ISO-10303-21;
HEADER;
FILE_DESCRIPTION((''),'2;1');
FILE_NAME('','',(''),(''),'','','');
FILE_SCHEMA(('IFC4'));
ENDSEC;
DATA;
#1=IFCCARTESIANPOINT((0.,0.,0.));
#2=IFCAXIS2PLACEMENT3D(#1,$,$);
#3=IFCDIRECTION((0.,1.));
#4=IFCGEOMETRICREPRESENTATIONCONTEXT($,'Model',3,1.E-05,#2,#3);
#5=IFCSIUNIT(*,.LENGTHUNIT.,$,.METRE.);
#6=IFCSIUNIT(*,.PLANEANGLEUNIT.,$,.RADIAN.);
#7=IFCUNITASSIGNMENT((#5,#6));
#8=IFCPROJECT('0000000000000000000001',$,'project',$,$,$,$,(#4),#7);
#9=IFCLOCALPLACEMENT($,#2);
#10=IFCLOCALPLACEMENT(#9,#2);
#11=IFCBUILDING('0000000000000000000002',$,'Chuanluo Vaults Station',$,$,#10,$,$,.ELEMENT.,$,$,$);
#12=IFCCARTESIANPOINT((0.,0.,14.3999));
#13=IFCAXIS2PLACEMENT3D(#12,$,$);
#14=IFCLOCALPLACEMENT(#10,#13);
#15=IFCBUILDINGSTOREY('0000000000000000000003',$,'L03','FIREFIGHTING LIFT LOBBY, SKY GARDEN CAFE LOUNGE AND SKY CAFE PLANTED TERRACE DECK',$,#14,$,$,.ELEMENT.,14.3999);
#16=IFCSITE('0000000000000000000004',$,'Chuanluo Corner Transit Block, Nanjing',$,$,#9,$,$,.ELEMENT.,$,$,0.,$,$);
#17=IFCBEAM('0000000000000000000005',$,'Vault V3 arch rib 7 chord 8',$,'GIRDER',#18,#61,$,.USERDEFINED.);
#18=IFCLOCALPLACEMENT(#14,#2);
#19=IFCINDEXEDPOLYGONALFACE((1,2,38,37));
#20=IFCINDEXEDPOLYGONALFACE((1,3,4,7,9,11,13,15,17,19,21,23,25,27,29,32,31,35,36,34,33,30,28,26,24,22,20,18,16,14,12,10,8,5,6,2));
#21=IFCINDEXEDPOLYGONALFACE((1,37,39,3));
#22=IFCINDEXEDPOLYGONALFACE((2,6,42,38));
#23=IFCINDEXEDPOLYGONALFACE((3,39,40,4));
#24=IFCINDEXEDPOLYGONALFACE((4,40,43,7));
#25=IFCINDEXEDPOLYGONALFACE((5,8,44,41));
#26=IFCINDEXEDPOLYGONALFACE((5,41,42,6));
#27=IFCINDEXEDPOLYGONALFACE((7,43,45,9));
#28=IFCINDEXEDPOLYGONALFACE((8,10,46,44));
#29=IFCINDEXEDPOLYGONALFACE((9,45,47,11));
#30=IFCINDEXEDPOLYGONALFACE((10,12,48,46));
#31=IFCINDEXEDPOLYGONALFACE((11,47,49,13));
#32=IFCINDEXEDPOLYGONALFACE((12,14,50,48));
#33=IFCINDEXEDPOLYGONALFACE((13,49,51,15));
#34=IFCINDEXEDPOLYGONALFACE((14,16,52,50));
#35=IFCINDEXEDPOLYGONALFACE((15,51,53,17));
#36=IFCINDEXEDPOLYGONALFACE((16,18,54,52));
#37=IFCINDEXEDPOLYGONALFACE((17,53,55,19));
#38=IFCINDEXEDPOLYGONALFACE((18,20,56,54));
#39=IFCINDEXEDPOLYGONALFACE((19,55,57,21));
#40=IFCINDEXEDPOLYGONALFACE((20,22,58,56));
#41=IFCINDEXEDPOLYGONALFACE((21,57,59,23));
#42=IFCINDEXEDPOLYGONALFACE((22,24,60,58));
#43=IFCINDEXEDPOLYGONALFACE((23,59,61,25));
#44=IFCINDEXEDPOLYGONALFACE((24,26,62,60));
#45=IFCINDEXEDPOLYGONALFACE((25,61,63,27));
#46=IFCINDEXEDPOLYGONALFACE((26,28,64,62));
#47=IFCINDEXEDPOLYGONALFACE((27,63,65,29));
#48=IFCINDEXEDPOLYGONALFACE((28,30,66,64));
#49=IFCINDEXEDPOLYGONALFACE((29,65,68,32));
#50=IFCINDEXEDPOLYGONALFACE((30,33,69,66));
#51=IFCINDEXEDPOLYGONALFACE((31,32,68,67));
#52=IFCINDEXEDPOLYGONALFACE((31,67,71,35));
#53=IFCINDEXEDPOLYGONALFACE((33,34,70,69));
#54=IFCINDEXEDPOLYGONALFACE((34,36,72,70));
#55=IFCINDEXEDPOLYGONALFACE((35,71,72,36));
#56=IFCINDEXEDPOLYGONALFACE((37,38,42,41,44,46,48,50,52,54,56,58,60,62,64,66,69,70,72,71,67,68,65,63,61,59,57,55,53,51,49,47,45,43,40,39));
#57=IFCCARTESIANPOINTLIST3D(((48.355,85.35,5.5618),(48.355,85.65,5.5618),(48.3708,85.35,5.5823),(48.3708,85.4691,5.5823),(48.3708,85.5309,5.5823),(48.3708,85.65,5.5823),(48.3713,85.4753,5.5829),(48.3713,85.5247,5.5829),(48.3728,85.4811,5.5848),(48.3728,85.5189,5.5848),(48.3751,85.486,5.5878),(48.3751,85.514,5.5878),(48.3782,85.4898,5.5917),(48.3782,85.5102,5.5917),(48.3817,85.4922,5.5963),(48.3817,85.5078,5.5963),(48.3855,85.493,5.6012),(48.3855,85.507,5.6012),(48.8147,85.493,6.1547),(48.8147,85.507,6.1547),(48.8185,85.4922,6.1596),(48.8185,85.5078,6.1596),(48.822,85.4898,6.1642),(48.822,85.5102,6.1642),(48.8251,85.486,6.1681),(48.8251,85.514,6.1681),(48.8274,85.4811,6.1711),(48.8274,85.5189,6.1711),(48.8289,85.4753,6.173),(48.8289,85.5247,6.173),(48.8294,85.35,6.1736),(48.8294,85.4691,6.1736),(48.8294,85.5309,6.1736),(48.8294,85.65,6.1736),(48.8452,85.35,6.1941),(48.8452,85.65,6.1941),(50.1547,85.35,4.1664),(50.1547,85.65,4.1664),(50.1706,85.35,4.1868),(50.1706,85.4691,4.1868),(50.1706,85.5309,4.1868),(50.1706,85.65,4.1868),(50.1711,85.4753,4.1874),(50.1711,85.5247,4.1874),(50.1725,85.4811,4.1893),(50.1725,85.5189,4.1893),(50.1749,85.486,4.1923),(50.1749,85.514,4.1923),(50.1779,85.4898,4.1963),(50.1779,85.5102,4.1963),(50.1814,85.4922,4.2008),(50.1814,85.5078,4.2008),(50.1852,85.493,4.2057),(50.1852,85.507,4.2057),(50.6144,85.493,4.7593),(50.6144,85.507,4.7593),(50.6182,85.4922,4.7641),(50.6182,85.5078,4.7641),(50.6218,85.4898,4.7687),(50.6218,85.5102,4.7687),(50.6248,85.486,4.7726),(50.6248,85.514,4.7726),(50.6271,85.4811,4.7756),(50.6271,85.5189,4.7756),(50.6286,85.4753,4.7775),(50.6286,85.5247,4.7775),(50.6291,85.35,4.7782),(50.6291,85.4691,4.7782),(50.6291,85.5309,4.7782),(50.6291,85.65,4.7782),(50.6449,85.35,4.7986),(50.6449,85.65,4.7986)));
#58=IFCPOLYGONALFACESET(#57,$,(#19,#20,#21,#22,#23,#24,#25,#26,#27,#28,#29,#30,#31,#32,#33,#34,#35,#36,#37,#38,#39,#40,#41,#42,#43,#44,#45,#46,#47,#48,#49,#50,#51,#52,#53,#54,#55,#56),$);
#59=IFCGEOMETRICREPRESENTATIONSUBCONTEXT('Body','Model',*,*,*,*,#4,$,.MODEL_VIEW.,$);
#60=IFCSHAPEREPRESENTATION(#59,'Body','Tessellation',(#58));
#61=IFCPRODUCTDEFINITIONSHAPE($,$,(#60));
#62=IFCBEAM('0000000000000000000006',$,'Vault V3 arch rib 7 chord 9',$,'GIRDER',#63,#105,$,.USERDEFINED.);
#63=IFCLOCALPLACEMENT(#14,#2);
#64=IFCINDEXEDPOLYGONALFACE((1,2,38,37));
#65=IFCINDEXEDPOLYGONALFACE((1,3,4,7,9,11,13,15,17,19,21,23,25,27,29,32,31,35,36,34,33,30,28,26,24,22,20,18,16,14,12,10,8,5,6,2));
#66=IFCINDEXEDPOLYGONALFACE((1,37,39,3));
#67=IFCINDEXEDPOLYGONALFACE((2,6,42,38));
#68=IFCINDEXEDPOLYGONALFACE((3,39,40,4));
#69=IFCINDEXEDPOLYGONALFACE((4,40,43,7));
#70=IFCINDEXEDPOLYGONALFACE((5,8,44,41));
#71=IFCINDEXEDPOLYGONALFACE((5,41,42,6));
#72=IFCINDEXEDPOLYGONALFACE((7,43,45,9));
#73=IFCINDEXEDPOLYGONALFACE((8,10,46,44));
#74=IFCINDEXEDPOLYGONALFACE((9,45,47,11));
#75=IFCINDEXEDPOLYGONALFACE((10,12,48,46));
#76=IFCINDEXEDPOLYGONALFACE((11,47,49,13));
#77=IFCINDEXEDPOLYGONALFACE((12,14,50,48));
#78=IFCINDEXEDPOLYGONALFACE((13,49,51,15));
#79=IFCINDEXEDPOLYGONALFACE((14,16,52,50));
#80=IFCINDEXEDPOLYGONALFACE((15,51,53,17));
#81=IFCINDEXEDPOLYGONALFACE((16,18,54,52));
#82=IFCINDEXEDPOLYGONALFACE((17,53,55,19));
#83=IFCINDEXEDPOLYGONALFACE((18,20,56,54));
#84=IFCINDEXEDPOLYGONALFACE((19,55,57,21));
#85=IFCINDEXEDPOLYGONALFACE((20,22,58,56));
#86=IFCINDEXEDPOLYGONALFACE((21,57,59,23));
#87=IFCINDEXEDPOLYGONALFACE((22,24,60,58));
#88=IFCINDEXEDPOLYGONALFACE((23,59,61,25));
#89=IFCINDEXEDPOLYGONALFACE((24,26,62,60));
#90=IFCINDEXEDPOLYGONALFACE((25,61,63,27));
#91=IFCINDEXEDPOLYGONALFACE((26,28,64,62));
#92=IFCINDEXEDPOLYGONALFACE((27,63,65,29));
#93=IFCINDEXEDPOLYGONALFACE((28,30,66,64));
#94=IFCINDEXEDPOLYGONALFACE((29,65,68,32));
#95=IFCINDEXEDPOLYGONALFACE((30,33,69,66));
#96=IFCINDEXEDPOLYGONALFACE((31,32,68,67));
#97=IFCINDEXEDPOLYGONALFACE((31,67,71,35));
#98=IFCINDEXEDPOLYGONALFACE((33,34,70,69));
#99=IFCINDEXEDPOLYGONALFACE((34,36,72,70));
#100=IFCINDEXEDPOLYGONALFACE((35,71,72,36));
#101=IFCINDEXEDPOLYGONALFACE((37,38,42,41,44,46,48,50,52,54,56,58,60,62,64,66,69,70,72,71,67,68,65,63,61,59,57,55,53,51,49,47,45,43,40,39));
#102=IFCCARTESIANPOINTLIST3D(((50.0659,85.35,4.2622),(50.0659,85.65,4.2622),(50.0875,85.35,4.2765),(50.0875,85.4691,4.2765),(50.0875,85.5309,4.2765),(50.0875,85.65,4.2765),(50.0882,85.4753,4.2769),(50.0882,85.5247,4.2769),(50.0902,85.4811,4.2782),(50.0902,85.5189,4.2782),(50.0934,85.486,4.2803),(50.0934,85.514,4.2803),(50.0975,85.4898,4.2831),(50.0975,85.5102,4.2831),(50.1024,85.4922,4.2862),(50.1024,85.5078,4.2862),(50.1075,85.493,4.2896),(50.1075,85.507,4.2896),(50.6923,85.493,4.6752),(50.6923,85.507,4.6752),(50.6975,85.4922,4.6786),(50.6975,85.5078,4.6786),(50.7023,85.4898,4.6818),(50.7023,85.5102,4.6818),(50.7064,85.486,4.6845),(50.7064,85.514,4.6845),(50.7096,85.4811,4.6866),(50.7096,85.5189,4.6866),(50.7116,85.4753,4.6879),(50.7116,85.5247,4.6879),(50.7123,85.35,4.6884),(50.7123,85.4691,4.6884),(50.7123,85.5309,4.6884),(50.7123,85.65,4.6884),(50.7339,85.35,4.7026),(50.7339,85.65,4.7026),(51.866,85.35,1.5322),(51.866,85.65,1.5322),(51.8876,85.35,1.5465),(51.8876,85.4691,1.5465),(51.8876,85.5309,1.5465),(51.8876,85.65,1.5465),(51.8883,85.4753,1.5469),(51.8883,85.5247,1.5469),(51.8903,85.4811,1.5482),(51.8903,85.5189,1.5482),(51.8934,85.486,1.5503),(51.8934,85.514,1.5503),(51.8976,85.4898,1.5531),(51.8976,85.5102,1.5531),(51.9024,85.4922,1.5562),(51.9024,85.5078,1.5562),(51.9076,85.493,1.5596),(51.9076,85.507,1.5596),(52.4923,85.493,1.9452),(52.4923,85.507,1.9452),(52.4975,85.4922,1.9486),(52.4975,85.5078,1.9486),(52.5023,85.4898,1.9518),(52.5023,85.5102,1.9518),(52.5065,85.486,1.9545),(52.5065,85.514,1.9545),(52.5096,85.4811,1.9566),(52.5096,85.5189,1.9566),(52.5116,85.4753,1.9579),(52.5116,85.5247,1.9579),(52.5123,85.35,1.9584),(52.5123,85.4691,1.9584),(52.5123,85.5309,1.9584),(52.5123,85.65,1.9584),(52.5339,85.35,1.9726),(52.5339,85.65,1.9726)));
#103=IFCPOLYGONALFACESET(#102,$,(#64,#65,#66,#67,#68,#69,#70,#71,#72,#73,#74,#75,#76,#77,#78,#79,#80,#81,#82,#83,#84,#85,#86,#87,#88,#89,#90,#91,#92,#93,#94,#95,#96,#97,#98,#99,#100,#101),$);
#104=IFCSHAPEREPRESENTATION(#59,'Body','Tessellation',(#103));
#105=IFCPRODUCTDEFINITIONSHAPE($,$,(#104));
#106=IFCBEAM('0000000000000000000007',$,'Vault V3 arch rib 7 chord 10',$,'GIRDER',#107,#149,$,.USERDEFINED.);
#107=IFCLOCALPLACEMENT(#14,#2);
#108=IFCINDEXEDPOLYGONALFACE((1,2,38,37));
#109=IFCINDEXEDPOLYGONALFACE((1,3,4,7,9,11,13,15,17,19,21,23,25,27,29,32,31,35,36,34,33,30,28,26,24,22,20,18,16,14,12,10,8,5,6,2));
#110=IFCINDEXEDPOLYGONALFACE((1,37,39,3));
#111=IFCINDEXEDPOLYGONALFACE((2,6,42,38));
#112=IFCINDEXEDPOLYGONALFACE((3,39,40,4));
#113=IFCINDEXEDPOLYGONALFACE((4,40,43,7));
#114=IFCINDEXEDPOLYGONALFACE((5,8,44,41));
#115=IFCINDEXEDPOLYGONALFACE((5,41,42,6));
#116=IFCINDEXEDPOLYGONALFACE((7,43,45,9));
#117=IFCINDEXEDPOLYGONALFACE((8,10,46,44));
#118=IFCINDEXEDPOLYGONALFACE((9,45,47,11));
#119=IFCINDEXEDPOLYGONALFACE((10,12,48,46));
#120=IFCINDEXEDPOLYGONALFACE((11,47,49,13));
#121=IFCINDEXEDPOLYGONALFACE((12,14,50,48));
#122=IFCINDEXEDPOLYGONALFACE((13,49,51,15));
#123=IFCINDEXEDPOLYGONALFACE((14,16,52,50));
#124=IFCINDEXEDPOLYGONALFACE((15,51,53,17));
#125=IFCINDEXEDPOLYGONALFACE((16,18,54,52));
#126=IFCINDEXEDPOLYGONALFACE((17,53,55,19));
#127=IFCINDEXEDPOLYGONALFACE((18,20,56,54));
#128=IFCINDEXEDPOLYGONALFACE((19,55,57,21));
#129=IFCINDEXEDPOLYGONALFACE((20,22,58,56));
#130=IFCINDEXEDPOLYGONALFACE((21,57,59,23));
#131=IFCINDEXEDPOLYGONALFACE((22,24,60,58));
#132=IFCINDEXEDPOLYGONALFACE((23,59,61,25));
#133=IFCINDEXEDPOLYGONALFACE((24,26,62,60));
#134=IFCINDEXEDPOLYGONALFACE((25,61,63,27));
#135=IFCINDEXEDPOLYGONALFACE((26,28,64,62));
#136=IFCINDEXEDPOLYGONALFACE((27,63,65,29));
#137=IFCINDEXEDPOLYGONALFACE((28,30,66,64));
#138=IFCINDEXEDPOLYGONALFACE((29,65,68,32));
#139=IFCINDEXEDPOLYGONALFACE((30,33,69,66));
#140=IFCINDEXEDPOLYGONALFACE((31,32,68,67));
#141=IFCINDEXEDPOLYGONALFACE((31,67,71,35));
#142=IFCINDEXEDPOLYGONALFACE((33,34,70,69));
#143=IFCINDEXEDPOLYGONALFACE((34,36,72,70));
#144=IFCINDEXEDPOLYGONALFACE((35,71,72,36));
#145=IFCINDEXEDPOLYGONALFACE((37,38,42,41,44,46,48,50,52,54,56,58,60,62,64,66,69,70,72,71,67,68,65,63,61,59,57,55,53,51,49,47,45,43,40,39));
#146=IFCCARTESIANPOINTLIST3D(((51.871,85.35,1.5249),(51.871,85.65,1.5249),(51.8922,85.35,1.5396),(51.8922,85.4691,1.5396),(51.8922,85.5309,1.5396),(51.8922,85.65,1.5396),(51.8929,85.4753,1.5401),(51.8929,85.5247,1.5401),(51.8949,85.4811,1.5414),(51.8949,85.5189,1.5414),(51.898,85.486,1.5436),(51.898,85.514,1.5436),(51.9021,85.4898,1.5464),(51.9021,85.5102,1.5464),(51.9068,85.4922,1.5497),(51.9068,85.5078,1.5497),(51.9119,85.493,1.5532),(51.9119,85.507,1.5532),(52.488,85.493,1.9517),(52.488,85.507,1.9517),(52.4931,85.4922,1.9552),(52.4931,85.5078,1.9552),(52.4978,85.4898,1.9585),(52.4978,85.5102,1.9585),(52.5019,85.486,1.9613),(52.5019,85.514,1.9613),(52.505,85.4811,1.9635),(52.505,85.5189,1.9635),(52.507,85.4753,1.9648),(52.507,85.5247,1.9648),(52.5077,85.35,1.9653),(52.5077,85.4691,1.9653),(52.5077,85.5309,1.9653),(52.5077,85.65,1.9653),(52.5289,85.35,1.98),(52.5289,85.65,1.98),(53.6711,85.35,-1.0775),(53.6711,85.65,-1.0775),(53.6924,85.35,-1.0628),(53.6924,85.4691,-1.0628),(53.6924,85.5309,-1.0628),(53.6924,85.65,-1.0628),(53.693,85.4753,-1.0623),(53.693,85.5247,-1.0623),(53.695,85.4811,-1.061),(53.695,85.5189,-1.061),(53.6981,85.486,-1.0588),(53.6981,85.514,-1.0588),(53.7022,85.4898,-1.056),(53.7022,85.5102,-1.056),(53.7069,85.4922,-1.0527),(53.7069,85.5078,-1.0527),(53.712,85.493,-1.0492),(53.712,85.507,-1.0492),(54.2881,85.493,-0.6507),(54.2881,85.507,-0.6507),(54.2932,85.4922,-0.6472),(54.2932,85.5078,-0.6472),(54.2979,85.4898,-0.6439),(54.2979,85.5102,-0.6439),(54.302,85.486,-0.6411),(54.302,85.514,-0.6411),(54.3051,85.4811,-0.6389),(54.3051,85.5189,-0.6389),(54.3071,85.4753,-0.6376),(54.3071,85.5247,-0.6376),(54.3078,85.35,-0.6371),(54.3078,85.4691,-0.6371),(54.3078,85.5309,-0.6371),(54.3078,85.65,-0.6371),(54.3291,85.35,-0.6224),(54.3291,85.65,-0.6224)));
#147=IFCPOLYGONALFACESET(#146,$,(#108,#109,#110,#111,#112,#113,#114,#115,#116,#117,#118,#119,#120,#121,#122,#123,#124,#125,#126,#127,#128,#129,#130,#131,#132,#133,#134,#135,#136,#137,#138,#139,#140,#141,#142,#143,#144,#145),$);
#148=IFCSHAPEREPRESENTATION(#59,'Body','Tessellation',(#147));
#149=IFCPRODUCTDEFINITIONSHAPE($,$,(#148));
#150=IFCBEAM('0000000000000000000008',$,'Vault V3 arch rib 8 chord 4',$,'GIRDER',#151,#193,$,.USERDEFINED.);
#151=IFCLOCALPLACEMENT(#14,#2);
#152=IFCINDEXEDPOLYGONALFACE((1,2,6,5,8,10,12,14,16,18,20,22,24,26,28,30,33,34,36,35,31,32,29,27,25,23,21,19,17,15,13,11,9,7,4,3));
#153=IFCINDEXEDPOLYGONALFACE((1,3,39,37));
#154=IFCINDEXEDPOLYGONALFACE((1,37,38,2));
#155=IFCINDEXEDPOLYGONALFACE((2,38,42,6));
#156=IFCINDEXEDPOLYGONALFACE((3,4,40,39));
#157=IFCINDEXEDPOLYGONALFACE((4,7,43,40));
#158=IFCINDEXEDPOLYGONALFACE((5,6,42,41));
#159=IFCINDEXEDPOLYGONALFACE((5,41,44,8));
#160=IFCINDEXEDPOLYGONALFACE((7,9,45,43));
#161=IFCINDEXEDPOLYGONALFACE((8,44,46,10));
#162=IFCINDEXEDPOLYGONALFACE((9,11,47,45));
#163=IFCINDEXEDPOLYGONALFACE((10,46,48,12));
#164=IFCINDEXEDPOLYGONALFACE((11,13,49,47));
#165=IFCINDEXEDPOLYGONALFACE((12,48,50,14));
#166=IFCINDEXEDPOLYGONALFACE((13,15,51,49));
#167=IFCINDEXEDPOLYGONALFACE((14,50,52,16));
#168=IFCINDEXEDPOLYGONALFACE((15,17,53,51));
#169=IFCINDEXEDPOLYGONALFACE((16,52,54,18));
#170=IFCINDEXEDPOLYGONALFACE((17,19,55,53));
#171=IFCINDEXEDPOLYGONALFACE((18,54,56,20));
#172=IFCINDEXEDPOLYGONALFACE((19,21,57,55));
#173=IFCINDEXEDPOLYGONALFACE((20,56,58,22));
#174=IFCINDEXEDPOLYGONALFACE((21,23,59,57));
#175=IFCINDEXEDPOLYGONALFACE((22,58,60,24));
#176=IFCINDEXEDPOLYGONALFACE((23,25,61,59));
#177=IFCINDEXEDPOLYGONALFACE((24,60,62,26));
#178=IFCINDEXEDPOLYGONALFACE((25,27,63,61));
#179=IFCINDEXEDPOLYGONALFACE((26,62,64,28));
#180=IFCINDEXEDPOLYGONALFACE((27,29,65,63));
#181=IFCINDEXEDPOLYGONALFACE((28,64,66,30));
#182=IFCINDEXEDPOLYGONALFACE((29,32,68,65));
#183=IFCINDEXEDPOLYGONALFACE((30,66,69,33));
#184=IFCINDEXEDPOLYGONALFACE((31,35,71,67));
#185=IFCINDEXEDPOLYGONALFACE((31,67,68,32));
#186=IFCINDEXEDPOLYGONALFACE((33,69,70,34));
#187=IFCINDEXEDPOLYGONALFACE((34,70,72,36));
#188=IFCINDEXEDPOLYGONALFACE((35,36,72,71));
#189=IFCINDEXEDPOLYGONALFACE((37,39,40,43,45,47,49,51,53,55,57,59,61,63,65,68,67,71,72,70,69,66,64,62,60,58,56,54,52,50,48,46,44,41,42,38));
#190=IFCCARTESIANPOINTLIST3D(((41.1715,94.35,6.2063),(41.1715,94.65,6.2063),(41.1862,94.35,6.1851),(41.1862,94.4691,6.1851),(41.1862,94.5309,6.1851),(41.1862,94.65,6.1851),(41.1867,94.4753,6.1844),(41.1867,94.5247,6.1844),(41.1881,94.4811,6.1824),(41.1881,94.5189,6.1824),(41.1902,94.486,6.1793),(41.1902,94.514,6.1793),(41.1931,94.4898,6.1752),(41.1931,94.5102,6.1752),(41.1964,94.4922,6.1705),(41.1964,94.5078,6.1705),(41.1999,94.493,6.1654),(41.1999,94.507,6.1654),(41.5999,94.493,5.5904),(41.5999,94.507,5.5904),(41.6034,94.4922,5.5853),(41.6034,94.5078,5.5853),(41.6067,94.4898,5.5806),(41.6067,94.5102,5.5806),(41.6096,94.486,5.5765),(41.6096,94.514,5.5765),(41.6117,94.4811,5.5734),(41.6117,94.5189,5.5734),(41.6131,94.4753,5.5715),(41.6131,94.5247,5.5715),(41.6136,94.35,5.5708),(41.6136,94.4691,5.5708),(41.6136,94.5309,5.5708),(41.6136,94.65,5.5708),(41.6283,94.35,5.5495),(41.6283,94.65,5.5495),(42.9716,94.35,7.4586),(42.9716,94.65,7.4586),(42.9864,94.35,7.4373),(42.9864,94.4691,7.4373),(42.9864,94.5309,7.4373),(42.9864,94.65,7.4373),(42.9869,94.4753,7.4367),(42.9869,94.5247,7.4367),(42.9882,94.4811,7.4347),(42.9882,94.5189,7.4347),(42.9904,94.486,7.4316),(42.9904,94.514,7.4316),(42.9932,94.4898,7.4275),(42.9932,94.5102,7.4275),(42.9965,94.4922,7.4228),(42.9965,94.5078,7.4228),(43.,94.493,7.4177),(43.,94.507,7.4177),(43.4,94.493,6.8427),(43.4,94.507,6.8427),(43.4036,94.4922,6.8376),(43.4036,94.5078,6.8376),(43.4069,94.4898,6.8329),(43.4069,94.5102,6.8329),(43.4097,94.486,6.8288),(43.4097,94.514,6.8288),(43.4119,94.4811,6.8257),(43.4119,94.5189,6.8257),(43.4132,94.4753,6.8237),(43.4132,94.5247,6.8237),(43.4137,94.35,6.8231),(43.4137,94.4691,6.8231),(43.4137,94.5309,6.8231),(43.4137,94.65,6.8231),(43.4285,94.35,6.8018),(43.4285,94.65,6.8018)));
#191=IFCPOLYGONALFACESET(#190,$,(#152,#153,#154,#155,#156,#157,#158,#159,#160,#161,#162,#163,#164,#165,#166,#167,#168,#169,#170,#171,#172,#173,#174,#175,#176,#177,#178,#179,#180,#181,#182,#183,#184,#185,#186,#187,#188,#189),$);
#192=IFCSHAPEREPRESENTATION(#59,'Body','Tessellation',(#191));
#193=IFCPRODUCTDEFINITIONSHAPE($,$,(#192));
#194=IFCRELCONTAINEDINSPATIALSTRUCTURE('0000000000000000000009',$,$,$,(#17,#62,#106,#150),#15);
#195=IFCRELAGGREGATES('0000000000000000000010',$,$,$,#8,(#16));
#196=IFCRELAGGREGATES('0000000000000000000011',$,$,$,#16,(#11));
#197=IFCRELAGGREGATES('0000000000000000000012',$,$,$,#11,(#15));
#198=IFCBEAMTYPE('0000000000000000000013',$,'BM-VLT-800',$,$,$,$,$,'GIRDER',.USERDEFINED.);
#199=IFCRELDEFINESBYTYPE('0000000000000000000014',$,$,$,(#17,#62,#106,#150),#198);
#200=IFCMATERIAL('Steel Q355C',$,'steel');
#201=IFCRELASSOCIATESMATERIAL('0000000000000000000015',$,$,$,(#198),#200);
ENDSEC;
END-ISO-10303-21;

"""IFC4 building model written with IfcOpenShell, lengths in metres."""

from ifc_helpers import new_model, si_unit, direction, frame, origin, origin_2d, place, context, subcontext, project, spatial, i_section, extrude, material, material_profile, profile_set, type_object, element, save


model = new_model("IFC4")

# Units and contexts
model_context = context("Model", 3, precision=1e-05, world=origin(), true_north=direction((0.0, 1.0)))
body_context = subcontext(model_context, "Body", "Model", "MODEL_VIEW")
ifc_project = project(units=[si_unit("LENGTHUNIT", "METRE"), si_unit("PLANEANGLEUNIT", "RADIAN")], contexts=[model_context])

# Site, building, storey
site_placement = place(None, origin())
site = spatial("IfcSite", under=ifc_project, at=site_placement, Name="Chuanluo Corner Transit Block, Nanjing", CompositionType="ELEMENT", RefElevation=0.0)
building_placement = place(site_placement, origin())
building = spatial("IfcBuilding", under=site, at=building_placement, Name="Chuanluo Vaults Station", CompositionType="ELEMENT")
storey_placement = place(building_placement, frame((0.0, 0.0, 14.3999)))
storey = spatial("IfcBuildingStorey", under=building, at=storey_placement, Name="L03", Description="FIREFIGHTING LIFT LOBBY, SKY GARDEN CAFE LOUNGE AND SKY CAFE PLANTED TERRACE DECK", CompositionType="ELEMENT", Elevation=14.3999)

# Beams
ifc_material_1 = material(Name="Steel Q355C", Category="steel")
ifc_material_profile_1 = material_profile(ifc_material_1, i_section(OverallWidth=0.3, OverallDepth=0.8, WebThickness=0.0139, FlangeThickness=0.0259, FilletRadius=0.0239, at=origin_2d()))
ifc_profile_set_1 = profile_set([ifc_material_profile_1], Name="Steel Q355C")
beam_type = type_object("IfcBeamType", Name="BM-VLT-800", ElementType="GIRDER", PredefinedType="USERDEFINED", material=ifc_profile_set_1)
beam_1_placement = place(storey_placement, frame((48.6001, 85.5, 5.8779), z_axis=(0.790275, 0.0, -0.612752), x_axis=(0.0, 1.0, 0.0)))
element("IfcBeam", 1, at=beam_1_placement, inside=storey, type_object=beam_type, Name="Vault V3 arch rib 7 chord 8", ObjectType="GIRDER", PredefinedType="USERDEFINED", context=body_context, shape_type="SweptSolid", body=[
    extrude(i_section(OverallWidth=0.3, OverallDepth=0.8, WebThickness=0.0139, FlangeThickness=0.0259, FilletRadius=0.0239, at=origin_2d()), origin(), (0.0, 0.0, 1.0), 2.2773),
])
beam_2_placement = place(storey_placement, frame((50.3999, 85.5, 4.4824), z_axis=(0.550472, 0.0, -0.834854), x_axis=(0.0, 1.0, 0.0)))
element("IfcBeam", 2, at=beam_2_placement, inside=storey, type_object=beam_type, Name="Vault V3 arch rib 7 chord 9", ObjectType="GIRDER", PredefinedType="USERDEFINED", context=body_context, shape_type="SweptSolid", body=[
    extrude(i_section(OverallWidth=0.3, OverallDepth=0.8, WebThickness=0.0139, FlangeThickness=0.0259, FilletRadius=0.0239, at=origin_2d()), origin(), (0.0, 0.0, 1.0), 3.27),
])
beam_3_placement = place(storey_placement, frame((52.2, 85.5, 1.7524), z_axis=(0.568881, 0.0, -0.82242), x_axis=(0.0, 1.0, 0.0)))
element("IfcBeam", 3, at=beam_3_placement, inside=storey, type_object=beam_type, Name="Vault V3 arch rib 7 chord 10", ObjectType="GIRDER", PredefinedType="USERDEFINED", context=body_context, shape_type="SweptSolid", body=[
    extrude(i_section(OverallWidth=0.3, OverallDepth=0.8, WebThickness=0.0139, FlangeThickness=0.0259, FilletRadius=0.0239, at=origin_2d()), origin(), (0.0, 0.0, 1.0), 3.1643),
])
beam_4_placement = place(storey_placement, frame((41.3999, 94.5, 5.8779), z_axis=(0.820907, 0.0, 0.571061), x_axis=(0.0, 1.0, 0.0)))
element("IfcBeam", 4, at=beam_4_placement, inside=storey, type_object=beam_type, Name="Vault V3 arch rib 8 chord 4", ObjectType="GIRDER", PredefinedType="USERDEFINED", context=body_context, shape_type="SweptSolid", body=[
    extrude(i_section(OverallWidth=0.3, OverallDepth=0.8, WebThickness=0.0139, FlangeThickness=0.0259, FilletRadius=0.0239, at=origin_2d()), origin(), (0.0, 0.0, 1.0), 2.1929),
])

save(model, "model.ifc")
